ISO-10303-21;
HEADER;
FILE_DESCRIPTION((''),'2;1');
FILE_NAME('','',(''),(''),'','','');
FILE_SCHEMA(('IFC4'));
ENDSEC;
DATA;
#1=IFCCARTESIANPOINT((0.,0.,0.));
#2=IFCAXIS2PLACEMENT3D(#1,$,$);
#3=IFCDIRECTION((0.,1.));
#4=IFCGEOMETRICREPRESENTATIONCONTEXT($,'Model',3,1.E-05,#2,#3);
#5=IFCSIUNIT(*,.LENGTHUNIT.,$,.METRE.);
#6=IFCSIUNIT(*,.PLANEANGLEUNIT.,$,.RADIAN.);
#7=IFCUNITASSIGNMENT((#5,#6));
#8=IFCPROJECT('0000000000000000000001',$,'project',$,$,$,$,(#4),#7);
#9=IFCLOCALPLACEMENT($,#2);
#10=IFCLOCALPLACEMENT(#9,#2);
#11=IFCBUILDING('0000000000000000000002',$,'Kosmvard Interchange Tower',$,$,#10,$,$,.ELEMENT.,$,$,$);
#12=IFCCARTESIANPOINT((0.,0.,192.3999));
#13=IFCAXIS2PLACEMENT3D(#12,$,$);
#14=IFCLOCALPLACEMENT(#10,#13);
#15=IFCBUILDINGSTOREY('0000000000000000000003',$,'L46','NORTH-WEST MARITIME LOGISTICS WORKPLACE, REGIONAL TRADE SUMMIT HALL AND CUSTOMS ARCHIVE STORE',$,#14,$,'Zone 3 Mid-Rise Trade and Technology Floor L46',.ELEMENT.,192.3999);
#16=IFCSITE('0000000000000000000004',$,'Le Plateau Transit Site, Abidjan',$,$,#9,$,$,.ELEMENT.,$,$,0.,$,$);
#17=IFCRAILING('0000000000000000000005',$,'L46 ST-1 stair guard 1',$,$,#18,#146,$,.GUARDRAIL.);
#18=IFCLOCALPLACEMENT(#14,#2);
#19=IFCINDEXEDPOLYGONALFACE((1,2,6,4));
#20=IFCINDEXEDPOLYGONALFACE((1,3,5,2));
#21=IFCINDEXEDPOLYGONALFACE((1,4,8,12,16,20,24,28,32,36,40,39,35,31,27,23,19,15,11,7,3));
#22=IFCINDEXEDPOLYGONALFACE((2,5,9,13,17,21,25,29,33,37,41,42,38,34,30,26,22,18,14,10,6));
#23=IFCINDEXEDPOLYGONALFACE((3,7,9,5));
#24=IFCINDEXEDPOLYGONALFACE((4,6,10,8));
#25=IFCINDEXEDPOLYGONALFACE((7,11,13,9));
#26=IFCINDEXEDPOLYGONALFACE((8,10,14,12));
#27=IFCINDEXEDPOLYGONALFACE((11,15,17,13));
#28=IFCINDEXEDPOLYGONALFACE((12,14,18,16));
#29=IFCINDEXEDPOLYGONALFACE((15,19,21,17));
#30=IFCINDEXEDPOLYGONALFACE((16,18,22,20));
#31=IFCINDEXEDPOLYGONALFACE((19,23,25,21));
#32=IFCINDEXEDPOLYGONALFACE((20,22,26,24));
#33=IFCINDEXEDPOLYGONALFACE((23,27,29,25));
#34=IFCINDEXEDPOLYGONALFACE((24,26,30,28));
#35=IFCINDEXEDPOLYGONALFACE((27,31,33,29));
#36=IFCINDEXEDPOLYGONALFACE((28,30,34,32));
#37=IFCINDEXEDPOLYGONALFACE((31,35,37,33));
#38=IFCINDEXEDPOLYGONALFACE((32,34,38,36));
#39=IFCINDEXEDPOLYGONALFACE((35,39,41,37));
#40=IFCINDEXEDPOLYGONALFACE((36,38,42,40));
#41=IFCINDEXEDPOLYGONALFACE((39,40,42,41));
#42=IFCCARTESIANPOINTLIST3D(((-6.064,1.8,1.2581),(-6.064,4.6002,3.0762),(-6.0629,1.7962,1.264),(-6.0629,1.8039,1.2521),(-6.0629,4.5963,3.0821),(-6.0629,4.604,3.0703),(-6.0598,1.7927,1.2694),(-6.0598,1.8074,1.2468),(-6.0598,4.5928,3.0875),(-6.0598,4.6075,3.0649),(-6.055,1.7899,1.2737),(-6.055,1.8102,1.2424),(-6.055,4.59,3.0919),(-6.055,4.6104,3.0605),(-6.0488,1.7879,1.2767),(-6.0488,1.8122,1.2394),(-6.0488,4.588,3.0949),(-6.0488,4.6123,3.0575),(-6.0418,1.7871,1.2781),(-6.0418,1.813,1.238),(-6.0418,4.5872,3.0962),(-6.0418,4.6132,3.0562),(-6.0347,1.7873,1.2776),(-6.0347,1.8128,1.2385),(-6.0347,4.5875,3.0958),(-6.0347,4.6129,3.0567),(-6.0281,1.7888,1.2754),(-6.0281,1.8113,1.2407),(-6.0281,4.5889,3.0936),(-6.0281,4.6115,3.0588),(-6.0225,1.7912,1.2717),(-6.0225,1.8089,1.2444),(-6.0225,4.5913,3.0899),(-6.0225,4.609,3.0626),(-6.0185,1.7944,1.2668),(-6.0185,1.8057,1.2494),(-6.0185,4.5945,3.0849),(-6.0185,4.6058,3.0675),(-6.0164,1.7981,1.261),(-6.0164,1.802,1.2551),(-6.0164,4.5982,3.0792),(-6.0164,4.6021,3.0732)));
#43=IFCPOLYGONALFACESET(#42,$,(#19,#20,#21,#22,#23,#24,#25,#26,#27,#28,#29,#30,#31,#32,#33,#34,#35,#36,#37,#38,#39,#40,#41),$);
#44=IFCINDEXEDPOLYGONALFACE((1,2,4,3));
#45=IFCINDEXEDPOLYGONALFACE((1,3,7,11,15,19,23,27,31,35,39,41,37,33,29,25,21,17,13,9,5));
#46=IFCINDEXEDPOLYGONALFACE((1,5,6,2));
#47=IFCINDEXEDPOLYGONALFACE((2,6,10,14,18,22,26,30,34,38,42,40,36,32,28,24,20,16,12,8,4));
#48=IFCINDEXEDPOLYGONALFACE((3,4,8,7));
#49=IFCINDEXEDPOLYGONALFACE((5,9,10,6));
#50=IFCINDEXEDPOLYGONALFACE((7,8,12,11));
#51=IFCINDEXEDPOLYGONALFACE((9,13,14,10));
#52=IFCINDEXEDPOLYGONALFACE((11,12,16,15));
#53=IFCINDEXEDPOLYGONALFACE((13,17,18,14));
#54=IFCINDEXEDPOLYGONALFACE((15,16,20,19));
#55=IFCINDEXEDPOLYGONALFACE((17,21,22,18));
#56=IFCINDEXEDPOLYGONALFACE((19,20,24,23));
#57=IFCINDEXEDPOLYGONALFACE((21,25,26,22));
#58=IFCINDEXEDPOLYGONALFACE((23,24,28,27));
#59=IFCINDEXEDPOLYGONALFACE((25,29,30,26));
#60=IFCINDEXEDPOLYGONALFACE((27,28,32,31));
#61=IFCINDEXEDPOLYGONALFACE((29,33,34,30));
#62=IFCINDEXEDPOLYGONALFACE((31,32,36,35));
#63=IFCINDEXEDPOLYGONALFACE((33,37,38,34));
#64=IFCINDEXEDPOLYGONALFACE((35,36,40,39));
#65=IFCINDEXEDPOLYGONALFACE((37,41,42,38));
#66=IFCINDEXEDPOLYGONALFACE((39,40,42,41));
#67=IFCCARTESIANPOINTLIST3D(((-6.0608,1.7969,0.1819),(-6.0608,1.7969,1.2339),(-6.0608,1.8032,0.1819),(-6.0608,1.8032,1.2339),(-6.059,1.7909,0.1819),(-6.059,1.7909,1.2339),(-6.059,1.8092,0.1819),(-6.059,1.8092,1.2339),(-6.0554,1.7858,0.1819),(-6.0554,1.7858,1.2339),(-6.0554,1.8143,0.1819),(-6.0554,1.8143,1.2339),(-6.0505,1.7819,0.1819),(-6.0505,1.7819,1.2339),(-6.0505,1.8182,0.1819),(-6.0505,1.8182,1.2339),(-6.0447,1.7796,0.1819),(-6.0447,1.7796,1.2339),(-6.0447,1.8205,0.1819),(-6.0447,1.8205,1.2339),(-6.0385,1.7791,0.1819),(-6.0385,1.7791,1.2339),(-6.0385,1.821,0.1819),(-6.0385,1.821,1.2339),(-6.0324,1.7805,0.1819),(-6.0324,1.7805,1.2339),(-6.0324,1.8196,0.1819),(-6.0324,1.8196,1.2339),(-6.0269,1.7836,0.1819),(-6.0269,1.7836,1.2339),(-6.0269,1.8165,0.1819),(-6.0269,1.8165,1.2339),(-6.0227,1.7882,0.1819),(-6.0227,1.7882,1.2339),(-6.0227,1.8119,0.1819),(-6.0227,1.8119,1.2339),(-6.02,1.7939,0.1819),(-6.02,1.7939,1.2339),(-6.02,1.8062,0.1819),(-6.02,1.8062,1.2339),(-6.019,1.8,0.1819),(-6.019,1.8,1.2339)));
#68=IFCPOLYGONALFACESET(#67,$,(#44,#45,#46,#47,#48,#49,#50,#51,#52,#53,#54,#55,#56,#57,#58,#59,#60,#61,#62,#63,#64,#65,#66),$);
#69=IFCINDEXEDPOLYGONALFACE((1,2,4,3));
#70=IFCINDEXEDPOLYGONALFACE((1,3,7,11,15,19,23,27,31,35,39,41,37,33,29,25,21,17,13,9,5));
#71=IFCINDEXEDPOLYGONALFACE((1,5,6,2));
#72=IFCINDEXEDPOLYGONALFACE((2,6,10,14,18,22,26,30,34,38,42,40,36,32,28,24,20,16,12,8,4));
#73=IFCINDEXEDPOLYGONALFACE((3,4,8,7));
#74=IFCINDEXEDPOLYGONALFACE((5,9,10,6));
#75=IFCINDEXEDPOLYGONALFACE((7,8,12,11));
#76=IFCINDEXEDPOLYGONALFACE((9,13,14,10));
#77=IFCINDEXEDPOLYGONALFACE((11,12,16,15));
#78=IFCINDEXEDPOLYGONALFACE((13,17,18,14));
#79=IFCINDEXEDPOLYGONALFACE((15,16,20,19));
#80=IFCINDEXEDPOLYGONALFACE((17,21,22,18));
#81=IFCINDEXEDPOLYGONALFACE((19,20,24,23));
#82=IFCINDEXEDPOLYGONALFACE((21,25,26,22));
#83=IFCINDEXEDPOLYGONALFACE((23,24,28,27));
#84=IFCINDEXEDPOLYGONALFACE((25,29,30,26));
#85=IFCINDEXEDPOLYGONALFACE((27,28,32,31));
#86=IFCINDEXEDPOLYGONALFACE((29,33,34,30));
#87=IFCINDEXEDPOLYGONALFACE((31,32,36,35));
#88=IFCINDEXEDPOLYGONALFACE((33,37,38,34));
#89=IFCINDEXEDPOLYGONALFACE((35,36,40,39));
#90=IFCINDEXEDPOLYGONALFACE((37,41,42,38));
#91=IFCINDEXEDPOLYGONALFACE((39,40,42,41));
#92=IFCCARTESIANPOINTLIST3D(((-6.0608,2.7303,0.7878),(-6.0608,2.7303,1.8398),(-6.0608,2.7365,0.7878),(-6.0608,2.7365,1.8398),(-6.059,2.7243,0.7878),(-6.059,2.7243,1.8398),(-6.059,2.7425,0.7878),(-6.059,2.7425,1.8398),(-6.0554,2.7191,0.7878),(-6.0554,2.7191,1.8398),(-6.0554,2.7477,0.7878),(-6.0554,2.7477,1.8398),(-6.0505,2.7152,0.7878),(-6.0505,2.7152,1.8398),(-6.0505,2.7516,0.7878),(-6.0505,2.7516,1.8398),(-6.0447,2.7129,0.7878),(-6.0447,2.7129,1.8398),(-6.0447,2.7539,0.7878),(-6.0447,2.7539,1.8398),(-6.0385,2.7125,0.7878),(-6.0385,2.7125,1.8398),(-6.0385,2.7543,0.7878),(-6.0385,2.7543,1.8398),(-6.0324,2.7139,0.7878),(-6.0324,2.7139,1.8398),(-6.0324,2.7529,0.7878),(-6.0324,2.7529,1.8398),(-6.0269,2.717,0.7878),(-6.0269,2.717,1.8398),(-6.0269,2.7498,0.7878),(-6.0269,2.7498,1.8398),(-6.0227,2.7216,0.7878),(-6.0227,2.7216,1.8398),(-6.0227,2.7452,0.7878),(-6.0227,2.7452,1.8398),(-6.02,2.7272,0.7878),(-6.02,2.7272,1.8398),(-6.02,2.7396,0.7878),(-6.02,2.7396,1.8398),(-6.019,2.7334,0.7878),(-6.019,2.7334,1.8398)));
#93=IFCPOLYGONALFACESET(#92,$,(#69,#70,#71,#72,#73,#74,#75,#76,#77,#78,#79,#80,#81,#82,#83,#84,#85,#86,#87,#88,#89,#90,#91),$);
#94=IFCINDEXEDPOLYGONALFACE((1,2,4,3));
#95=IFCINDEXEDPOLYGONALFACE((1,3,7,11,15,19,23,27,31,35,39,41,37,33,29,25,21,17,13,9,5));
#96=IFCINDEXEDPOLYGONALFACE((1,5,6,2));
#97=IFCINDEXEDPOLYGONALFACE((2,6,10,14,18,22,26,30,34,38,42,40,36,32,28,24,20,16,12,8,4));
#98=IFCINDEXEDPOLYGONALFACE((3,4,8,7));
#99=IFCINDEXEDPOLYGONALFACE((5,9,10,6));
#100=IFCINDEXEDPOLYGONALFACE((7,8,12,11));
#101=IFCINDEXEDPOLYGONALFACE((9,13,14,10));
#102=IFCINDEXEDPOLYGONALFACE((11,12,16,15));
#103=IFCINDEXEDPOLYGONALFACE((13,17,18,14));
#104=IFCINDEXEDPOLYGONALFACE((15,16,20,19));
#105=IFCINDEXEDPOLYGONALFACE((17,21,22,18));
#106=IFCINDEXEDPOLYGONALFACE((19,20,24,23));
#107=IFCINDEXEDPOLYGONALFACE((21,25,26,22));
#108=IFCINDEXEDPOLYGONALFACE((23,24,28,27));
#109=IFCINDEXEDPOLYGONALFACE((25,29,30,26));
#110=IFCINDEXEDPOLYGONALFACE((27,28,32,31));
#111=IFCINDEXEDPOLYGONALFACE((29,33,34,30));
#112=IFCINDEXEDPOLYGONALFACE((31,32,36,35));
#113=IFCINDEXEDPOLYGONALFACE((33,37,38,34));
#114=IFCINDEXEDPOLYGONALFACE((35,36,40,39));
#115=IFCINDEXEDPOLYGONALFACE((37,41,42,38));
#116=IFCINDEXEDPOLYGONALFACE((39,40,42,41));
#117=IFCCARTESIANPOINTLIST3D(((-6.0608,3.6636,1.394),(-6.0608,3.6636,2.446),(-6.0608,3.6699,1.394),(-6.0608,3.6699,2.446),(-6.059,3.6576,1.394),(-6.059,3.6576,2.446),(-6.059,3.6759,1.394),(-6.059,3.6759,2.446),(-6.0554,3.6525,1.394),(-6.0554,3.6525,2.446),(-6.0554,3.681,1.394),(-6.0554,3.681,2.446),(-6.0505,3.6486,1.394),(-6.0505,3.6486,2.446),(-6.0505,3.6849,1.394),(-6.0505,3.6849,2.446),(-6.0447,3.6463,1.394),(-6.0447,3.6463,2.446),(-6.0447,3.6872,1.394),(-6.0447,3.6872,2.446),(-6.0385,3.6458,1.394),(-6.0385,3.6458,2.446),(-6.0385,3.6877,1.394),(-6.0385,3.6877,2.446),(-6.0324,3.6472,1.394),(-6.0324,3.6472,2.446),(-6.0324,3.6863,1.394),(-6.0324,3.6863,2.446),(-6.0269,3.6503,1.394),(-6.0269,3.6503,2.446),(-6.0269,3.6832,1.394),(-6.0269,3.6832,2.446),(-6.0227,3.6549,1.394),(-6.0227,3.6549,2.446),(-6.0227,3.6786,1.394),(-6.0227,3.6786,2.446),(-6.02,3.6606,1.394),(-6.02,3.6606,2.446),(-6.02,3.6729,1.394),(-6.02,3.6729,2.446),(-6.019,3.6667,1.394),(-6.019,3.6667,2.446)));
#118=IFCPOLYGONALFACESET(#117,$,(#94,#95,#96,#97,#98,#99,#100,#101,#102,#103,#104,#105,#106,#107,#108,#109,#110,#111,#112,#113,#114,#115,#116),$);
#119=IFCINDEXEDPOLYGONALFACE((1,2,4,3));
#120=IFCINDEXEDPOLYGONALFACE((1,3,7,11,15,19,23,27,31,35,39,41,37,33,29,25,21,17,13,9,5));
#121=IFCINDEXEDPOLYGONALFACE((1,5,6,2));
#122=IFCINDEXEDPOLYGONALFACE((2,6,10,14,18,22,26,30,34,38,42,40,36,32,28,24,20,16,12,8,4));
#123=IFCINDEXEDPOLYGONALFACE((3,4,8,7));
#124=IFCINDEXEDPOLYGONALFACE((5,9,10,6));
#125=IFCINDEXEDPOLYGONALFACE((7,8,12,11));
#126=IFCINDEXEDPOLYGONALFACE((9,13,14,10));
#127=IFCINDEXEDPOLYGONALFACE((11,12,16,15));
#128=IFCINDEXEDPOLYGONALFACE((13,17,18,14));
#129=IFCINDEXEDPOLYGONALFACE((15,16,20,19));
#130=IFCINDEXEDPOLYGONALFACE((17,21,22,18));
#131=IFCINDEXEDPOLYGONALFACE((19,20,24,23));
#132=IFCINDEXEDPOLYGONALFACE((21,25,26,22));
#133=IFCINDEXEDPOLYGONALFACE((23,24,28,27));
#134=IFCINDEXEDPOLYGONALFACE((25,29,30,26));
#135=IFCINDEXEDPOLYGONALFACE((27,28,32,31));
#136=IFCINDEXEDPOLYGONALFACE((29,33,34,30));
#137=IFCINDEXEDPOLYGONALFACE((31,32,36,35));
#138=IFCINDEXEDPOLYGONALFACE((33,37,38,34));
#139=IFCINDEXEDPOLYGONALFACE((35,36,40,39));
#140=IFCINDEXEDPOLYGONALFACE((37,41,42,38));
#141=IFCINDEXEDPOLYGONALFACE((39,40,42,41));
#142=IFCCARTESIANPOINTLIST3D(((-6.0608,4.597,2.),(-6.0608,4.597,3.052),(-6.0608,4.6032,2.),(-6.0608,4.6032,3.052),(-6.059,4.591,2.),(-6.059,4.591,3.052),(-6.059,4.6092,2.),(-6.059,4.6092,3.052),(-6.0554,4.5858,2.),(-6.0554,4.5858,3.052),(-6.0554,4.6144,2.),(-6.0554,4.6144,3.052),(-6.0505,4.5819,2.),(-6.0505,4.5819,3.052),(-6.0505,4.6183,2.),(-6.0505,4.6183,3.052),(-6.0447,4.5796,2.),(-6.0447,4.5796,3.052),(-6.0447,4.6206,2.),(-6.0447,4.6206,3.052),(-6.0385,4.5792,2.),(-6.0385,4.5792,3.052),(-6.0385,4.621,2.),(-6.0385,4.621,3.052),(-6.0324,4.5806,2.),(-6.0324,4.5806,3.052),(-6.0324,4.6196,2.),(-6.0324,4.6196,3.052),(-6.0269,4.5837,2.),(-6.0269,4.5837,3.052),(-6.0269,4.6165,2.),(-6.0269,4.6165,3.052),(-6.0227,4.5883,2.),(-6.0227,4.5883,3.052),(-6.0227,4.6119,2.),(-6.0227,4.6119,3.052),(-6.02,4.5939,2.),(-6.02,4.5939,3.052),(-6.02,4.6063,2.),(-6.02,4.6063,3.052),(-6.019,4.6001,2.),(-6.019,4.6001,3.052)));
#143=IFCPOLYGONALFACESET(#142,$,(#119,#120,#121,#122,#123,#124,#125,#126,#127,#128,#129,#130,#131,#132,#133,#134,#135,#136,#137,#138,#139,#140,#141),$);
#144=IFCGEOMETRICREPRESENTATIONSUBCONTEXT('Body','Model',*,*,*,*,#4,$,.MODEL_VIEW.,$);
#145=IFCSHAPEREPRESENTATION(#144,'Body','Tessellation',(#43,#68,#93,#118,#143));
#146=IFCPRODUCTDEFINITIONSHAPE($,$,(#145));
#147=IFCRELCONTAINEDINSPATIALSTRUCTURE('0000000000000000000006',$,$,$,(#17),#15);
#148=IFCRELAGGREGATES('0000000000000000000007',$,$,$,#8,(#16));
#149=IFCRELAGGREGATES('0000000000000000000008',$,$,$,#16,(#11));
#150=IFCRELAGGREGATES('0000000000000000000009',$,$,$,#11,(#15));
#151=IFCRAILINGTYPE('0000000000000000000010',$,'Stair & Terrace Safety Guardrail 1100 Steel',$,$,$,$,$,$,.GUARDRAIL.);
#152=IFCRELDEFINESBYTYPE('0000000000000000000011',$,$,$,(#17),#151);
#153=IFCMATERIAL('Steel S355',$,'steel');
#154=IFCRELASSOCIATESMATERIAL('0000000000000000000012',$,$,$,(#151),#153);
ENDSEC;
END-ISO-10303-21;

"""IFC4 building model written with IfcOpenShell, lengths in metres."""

from ifc_helpers import new_model, si_unit, direction, frame, origin, origin_2d, place, context, subcontext, project, spatial, circle, extrude, source, transform, mapped, material, type_object, element, save


model = new_model("IFC4")

# Units and contexts
model_context = context("Model", 3, precision=1e-05, world=origin(), true_north=direction((0.0, 1.0)))
body_context = subcontext(model_context, "Body", "Model", "MODEL_VIEW")
ifc_project = project(units=[si_unit("LENGTHUNIT", "METRE"), si_unit("PLANEANGLEUNIT", "RADIAN")], contexts=[model_context])

# Site, building, storey
site_placement = place(None, origin())
site = spatial("IfcSite", under=ifc_project, at=site_placement, Name="Le Plateau Transit Site, Abidjan", CompositionType="ELEMENT", RefElevation=0.0)
building_placement = place(site_placement, origin())
building = spatial("IfcBuilding", under=site, at=building_placement, Name="Kosmvard Interchange Tower", CompositionType="ELEMENT")
storey_placement = place(building_placement, frame((0.0, 0.0, 192.3999)))
storey = spatial("IfcBuildingStorey", under=building, at=storey_placement, Name="L46", Description="NORTH-WEST MARITIME LOGISTICS WORKPLACE, REGIONAL TRADE SUMMIT HALL AND CUSTOMS ARCHIVE STORE", LongName="Zone 3 Mid-Rise Trade and Technology Floor L46", CompositionType="ELEMENT", Elevation=192.3999)

# Railing
ifc_material_1 = material(Name="Steel S355", Category="steel")
railing_type_1 = type_object("IfcRailingType", Name="Stair & Terrace Safety Guardrail 1100 Steel", PredefinedType="GUARDRAIL", material=ifc_material_1)
shared_shape_1 = source(origin(), body_context, "Body", "SweptSolid", [
    extrude(circle(Radius=0.0239, at=origin_2d()), frame((0.0, 0.0, 1.0762), z_axis=(0.0, 0.838706, 0.544585), x_axis=(-1.0, 0.0, 0.0)), (0.0, 0.0, 1.0), 3.3386),
    extrude(circle(Radius=0.021, at=origin_2d()), origin(), (0.0, 0.0, 1.0), 1.052),
    extrude(circle(Radius=0.021, at=origin_2d()), frame((0.0, 0.9333, 0.606)), (0.0, 0.0, 1.0), 1.052),
    extrude(circle(Radius=0.021, at=origin_2d()), frame((0.0, 1.8667, 1.2122)), (0.0, 0.0, 1.0), 1.052),
    extrude(circle(Radius=0.021, at=origin_2d()), frame((0.0, 2.8, 1.8181)), (0.0, 0.0, 1.0), 1.052),
])
railing_1_placement = place(storey_placement, frame((-6.04, 1.8, 0.1819)))
element("IfcRailing", 1, at=railing_1_placement, inside=storey, type_object=railing_type_1, Name="L46 ST-1 stair guard 1", PredefinedType="GUARDRAIL", context=body_context, shape_type="MappedRepresentation", body=[
    mapped(shared_shape_1, transform((0.0, 0.0, 0.0), scale=1.0)),
])

save(model, "model.ifc")
